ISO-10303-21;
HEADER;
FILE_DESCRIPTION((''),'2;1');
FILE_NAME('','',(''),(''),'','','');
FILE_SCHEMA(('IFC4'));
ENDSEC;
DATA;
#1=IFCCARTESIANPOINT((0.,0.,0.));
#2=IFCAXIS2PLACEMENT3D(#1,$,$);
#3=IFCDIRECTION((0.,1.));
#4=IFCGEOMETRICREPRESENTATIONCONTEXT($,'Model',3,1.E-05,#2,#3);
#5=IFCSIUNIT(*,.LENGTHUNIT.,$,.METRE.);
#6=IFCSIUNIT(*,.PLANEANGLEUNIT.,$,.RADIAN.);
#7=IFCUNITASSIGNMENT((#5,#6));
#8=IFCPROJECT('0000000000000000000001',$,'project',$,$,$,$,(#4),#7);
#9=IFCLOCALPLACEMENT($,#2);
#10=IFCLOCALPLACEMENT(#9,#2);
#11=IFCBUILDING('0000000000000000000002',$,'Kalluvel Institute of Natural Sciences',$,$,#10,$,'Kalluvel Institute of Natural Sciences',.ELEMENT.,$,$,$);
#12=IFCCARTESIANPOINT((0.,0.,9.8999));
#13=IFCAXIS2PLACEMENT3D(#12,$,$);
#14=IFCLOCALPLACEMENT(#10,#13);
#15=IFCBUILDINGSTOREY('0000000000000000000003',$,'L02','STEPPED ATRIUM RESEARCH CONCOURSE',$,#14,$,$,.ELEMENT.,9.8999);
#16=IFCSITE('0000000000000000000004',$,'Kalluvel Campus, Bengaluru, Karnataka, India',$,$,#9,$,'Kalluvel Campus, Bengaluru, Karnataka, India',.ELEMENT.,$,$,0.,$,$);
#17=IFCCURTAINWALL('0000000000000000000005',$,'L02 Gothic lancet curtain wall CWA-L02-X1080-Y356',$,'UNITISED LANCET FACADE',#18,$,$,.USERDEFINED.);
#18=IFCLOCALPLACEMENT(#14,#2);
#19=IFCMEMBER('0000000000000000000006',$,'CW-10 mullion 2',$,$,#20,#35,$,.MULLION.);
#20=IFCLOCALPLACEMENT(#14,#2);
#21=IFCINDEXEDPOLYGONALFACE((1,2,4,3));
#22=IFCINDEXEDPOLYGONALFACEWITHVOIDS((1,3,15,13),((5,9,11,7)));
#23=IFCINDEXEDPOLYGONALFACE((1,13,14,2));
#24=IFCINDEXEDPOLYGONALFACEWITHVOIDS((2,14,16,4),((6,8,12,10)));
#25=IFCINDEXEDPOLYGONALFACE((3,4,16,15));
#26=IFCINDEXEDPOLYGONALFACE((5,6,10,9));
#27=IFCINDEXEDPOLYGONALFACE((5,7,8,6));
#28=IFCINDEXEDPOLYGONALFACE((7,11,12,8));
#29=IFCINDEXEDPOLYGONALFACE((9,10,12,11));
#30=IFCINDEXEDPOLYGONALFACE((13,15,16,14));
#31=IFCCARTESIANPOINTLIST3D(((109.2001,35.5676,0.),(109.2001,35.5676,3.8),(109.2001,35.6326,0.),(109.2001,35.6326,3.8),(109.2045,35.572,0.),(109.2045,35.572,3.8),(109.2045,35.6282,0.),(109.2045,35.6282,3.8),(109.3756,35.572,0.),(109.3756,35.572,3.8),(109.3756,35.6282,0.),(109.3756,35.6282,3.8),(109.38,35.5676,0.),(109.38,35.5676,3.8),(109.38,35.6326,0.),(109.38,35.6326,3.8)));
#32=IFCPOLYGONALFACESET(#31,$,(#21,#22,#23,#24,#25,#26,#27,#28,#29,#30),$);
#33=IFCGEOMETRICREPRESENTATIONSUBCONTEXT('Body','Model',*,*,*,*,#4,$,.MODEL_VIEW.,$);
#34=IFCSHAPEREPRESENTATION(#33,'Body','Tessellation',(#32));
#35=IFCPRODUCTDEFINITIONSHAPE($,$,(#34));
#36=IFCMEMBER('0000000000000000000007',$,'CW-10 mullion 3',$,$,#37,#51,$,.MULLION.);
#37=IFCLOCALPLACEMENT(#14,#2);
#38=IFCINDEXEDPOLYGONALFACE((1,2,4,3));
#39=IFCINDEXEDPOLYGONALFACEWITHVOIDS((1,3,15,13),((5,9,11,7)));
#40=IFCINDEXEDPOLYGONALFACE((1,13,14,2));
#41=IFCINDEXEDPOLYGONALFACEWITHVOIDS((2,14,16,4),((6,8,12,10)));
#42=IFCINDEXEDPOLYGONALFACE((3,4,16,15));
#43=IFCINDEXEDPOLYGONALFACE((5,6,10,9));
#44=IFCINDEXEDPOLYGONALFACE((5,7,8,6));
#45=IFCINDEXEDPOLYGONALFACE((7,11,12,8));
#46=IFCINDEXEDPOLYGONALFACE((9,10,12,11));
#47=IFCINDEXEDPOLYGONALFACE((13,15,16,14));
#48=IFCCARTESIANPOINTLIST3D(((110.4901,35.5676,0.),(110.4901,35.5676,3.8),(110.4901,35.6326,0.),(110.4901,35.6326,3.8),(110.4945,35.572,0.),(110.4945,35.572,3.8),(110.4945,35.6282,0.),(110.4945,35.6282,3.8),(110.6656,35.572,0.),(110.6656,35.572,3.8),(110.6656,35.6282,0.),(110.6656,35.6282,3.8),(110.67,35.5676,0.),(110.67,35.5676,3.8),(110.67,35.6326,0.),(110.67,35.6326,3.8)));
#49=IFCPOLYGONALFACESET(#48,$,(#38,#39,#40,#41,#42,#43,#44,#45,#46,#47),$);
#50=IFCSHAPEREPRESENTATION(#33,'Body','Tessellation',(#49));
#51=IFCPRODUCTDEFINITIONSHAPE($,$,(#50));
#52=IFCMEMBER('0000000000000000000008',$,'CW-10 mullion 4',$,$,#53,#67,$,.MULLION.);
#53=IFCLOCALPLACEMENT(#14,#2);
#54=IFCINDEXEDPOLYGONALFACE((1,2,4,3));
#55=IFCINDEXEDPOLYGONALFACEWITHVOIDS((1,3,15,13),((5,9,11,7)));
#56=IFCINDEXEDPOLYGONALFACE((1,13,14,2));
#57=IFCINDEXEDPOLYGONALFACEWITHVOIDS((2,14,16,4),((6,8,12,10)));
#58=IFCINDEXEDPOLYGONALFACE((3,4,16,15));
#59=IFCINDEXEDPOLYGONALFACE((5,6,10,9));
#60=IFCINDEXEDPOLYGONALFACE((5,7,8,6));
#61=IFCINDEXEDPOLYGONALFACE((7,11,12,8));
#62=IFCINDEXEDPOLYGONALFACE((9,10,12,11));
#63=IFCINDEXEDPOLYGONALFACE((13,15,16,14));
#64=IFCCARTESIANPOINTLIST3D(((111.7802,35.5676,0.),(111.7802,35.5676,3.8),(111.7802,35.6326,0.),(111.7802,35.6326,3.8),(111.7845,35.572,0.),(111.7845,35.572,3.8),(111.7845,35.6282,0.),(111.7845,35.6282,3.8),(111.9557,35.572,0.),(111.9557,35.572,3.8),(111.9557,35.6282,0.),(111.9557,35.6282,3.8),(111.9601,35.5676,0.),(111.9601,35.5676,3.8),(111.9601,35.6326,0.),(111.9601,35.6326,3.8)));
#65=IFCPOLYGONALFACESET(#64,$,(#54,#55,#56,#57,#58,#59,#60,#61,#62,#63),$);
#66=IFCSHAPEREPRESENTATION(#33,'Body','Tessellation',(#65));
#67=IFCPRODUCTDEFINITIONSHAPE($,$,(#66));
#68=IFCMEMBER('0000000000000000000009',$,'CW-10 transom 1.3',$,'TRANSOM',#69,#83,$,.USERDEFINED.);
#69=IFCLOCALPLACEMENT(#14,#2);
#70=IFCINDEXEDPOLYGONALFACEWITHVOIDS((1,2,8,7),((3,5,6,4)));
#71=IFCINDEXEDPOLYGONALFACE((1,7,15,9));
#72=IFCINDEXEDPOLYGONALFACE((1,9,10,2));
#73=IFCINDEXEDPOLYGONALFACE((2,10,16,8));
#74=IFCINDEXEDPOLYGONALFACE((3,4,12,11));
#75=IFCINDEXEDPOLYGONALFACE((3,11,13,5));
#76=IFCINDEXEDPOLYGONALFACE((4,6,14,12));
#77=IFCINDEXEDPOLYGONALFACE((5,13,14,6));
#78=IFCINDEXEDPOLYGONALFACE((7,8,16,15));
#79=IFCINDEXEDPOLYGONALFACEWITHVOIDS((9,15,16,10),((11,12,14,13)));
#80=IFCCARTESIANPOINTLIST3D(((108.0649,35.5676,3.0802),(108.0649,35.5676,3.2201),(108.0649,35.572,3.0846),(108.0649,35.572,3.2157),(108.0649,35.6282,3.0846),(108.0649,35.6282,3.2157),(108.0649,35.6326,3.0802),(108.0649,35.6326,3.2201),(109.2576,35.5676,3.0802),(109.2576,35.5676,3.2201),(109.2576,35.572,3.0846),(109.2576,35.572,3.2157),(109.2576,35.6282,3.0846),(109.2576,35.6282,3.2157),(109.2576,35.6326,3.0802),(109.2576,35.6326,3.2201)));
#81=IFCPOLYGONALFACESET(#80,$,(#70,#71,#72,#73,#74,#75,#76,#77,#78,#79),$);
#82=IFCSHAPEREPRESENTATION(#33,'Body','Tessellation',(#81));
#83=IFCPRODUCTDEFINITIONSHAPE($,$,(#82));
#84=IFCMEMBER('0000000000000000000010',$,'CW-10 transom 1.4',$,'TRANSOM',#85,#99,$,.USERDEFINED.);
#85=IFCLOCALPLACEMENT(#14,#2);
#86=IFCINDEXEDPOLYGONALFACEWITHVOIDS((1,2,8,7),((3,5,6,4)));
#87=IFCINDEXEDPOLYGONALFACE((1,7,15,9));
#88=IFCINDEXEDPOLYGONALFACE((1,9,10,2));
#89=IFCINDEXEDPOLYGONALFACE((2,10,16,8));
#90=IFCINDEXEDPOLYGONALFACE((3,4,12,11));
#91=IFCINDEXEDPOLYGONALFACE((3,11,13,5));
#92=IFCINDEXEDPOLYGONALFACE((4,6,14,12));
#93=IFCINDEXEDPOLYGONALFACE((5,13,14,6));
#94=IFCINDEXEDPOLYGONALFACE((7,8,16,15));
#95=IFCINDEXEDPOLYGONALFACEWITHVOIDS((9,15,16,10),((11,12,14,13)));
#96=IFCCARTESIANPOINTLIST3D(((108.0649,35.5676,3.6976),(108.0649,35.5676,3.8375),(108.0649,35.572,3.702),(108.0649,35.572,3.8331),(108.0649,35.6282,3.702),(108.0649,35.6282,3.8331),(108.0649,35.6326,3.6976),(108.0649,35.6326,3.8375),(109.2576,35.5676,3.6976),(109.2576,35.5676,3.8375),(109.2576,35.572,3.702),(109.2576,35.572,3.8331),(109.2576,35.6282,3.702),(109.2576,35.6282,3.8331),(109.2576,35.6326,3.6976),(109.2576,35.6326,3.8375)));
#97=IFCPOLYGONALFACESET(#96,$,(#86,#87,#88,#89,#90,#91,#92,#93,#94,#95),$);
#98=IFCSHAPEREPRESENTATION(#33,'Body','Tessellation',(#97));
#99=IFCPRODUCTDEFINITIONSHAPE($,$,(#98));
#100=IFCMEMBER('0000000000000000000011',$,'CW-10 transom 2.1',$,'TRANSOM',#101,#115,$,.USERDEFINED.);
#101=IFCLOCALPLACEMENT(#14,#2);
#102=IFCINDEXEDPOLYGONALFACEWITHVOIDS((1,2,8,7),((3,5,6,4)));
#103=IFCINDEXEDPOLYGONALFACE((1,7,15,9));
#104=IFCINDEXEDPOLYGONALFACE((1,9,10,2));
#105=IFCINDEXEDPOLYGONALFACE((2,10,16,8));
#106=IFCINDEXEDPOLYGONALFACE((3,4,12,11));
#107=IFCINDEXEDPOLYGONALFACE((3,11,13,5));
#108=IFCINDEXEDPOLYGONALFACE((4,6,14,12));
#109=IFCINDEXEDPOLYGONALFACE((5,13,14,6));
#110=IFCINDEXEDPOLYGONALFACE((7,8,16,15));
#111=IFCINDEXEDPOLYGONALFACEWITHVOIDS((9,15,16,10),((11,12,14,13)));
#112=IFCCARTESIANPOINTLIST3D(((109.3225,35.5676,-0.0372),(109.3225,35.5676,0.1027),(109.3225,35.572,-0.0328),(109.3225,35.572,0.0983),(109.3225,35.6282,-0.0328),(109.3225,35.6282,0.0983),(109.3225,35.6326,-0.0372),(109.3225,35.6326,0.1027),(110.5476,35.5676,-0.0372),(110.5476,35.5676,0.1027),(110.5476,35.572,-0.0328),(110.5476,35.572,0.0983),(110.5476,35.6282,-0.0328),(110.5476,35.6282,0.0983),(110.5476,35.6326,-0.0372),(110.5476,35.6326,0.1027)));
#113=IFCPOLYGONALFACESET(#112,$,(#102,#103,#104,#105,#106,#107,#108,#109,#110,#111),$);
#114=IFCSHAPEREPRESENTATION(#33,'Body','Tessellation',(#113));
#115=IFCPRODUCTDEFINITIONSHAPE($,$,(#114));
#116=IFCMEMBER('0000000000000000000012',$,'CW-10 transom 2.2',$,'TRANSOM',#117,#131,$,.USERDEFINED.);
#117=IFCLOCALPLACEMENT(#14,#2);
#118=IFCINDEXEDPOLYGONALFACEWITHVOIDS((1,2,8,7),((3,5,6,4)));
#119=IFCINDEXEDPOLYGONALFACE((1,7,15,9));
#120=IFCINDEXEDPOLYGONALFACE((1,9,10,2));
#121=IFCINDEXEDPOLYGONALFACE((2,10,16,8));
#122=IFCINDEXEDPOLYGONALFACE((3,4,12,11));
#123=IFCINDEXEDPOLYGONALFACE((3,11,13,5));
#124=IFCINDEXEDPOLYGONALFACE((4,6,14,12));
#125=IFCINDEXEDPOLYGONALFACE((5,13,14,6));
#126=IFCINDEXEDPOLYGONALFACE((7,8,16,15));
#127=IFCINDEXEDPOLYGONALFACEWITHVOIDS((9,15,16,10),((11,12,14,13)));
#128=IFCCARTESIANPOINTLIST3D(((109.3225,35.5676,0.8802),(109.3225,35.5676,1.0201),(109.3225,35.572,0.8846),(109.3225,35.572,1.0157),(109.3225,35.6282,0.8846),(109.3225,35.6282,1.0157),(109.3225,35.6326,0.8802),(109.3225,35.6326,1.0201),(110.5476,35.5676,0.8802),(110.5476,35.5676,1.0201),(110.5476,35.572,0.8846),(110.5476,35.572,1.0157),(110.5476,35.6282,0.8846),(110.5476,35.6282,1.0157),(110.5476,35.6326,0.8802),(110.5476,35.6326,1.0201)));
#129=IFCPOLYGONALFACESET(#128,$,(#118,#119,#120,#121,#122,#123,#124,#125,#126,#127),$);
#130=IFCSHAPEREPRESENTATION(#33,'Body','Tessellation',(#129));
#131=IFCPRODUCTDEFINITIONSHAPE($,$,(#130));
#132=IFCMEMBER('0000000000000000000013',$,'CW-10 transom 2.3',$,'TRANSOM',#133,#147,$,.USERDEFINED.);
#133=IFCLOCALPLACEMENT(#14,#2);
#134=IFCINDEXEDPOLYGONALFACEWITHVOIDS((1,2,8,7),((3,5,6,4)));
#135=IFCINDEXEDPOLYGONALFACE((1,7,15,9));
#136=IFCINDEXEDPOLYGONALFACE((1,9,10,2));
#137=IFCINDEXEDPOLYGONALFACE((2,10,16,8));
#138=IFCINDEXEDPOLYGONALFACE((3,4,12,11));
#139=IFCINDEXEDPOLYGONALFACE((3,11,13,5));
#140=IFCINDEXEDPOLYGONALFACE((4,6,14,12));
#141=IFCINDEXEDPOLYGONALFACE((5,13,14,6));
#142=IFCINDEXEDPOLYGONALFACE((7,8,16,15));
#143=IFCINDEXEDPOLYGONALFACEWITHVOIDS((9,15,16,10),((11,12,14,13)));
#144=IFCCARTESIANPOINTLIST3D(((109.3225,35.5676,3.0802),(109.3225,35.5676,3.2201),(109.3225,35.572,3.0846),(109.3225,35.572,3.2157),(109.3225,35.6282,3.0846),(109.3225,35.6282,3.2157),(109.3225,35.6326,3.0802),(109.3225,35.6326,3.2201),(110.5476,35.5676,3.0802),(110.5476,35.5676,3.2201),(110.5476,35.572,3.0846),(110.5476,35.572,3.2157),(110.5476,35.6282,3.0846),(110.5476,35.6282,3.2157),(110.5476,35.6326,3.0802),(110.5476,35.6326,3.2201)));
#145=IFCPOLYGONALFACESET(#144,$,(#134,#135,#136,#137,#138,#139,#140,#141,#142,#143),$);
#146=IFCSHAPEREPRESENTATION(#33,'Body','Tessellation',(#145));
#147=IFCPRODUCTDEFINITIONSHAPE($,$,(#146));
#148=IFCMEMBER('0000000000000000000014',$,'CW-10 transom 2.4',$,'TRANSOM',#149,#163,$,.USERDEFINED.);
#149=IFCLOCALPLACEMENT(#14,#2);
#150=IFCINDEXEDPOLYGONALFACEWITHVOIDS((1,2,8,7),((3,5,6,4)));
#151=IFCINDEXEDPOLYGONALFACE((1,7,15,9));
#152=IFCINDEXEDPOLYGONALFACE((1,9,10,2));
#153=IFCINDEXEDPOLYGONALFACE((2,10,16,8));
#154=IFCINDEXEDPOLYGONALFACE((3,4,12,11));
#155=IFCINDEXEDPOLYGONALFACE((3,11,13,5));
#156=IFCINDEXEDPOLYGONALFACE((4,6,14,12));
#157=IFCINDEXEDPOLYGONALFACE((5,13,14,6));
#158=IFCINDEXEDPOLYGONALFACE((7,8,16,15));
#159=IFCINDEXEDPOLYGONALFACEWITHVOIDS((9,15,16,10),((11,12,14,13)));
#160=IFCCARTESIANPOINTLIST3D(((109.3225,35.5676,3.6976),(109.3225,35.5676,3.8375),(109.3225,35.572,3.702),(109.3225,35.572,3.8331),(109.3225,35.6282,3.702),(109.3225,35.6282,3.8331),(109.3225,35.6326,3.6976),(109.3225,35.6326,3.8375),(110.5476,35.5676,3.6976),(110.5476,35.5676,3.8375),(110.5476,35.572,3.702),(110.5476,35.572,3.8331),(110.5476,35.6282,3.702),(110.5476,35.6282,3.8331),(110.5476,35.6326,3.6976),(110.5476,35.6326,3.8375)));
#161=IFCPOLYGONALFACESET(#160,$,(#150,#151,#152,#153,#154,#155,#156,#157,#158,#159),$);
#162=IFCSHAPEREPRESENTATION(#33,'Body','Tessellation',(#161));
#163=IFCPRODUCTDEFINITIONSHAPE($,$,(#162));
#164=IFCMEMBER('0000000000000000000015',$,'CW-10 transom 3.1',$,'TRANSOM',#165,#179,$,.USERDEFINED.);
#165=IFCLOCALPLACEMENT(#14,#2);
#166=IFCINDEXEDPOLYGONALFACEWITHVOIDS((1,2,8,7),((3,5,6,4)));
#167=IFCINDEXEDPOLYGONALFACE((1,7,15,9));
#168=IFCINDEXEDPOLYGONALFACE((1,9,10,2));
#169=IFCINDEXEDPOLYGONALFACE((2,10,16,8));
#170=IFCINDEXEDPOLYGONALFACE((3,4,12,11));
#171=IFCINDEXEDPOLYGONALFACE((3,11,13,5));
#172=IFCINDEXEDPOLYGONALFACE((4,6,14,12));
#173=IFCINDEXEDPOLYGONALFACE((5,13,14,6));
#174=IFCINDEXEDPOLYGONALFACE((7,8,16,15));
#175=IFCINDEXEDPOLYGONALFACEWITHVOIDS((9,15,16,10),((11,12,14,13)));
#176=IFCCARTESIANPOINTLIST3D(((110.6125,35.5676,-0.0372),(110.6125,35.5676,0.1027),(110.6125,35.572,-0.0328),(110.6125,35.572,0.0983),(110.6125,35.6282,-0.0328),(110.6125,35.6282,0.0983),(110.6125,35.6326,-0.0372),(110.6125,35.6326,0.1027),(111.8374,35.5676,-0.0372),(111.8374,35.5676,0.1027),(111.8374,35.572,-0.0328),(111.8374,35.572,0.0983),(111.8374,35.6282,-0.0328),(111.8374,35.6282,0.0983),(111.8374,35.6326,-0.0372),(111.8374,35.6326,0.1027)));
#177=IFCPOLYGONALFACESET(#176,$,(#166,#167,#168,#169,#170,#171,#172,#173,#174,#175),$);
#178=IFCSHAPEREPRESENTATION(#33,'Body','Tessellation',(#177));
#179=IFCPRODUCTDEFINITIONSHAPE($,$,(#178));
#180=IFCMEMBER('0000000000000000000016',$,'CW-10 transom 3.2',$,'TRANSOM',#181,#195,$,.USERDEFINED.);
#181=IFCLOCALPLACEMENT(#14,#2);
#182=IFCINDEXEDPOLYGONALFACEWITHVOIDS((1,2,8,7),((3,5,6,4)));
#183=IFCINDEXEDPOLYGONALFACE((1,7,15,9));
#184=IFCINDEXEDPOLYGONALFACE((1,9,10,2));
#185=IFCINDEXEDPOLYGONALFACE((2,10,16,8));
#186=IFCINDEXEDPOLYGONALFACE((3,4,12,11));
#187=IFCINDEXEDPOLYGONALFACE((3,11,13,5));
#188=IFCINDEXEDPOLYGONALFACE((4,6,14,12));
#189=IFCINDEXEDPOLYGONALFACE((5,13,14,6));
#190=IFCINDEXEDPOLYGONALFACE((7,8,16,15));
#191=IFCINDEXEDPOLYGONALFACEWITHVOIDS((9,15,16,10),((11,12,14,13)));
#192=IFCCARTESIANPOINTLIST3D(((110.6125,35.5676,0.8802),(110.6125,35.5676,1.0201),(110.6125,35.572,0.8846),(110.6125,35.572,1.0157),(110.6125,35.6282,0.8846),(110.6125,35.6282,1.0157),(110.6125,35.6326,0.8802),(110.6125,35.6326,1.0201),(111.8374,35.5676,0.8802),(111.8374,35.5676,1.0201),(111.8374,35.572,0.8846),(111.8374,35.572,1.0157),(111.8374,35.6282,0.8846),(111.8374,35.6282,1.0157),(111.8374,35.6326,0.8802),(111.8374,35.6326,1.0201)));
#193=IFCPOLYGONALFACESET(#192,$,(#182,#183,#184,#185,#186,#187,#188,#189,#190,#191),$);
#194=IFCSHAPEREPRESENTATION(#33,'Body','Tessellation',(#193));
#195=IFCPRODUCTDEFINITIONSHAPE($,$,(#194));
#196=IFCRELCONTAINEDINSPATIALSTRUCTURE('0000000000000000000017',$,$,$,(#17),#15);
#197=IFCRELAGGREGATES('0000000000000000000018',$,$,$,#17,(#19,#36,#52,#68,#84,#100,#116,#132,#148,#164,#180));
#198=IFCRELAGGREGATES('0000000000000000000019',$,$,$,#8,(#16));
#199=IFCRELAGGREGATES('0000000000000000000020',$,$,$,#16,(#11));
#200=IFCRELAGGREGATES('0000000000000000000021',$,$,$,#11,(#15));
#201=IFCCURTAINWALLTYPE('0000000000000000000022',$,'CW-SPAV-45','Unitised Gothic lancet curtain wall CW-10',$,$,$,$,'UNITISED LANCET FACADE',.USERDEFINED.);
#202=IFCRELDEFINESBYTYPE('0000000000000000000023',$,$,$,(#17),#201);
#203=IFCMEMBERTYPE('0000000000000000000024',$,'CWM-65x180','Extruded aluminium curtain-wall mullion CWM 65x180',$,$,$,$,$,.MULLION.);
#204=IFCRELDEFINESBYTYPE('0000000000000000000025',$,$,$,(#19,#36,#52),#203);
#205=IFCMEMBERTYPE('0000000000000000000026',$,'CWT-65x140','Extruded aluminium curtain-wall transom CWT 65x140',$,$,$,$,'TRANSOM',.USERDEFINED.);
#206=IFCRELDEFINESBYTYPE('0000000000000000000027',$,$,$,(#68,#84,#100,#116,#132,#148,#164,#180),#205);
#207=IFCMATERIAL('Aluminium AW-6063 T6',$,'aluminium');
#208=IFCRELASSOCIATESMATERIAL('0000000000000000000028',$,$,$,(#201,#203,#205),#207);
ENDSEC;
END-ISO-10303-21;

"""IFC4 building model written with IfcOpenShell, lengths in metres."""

from ifc_helpers import new_model, si_unit, direction, frame, origin, origin_2d, place, context, subcontext, project, spatial, hollow_rectangle, extrude, material, material_profile, profile_set, type_object, element, aggregate, save


model = new_model("IFC4")

# Units and contexts
model_context = context("Model", 3, precision=1e-05, world=origin(), true_north=direction((0.0, 1.0)))
body_context = subcontext(model_context, "Body", "Model", "MODEL_VIEW")
ifc_project = project(units=[si_unit("LENGTHUNIT", "METRE"), si_unit("PLANEANGLEUNIT", "RADIAN")], contexts=[model_context])

# Site, building, storey
site_placement = place(None, origin())
site = spatial("IfcSite", under=ifc_project, at=site_placement, Name="Kalluvel Campus, Bengaluru, Karnataka, India", LongName="Kalluvel Campus, Bengaluru, Karnataka, India", CompositionType="ELEMENT", RefElevation=0.0)
building_placement = place(site_placement, origin())
building = spatial("IfcBuilding", under=site, at=building_placement, Name="Kalluvel Institute of Natural Sciences", LongName="Kalluvel Institute of Natural Sciences", CompositionType="ELEMENT")
storey_placement = place(building_placement, frame((0.0, 0.0, 9.8999)))
storey = spatial("IfcBuildingStorey", under=building, at=storey_placement, Name="L02", Description="STEPPED ATRIUM RESEARCH CONCOURSE", CompositionType="ELEMENT", Elevation=9.8999)

# Curtain wall, members
ifc_material_1 = material(Name="Aluminium AW-6063 T6", Category="aluminium")
curtain_wall_type = type_object("IfcCurtainWallType", Name="CW-SPAV-45", Description="Unitised Gothic lancet curtain wall CW-10", ElementType="UNITISED LANCET FACADE", PredefinedType="USERDEFINED", material=ifc_material_1)
curtain_wall_placement = place(storey_placement, origin())
curtain_wall = element("IfcCurtainWall", 1, at=curtain_wall_placement, inside=storey, type_object=curtain_wall_type, Name="L02 Gothic lancet curtain wall CWA-L02-X1080-Y356", ObjectType="UNITISED LANCET FACADE", PredefinedType="USERDEFINED")
ifc_material_profile_1 = material_profile(ifc_material_1, hollow_rectangle(XDim=0.0649, YDim=0.1799, WallThickness=0.0044, at=origin_2d()), Name="CWM 65x180")
ifc_profile_set_1 = profile_set([ifc_material_profile_1], Name="Aluminium AW-6063 T6")
member_type_1 = type_object("IfcMemberType", Name="CWM-65x180", Description="Extruded aluminium curtain-wall mullion CWM 65x180", PredefinedType="MULLION", material=ifc_profile_set_1)
member_1_placement = place(storey_placement, frame((109.29, 35.6001, 0.0), z_axis=(0.0, 0.0, 1.0), x_axis=(0.0, 1.0, 0.0)))
member_1 = element("IfcMember", 2, at=member_1_placement, type_object=member_type_1, Name="CW-10 mullion 2", PredefinedType="MULLION", context=body_context, shape_type="SweptSolid", body=[
    extrude(hollow_rectangle(XDim=0.0649, YDim=0.1799, WallThickness=0.0044, at=origin_2d()), origin(), (0.0, 0.0, 1.0), 3.8),
])
member_2_placement = place(storey_placement, frame((110.5801, 35.6001, 0.0), z_axis=(0.0, 0.0, 1.0), x_axis=(0.0, 1.0, 0.0)))
member_2 = element("IfcMember", 3, at=member_2_placement, type_object=member_type_1, Name="CW-10 mullion 3", PredefinedType="MULLION", context=body_context, shape_type="SweptSolid", body=[
    extrude(hollow_rectangle(XDim=0.0649, YDim=0.1799, WallThickness=0.0044, at=origin_2d()), origin(), (0.0, 0.0, 1.0), 3.8),
])
member_3_placement = place(storey_placement, frame((111.8701, 35.6001, 0.0), z_axis=(0.0, 0.0, 1.0), x_axis=(0.0, 1.0, 0.0)))
member_3 = element("IfcMember", 4, at=member_3_placement, type_object=member_type_1, Name="CW-10 mullion 4", PredefinedType="MULLION", context=body_context, shape_type="SweptSolid", body=[
    extrude(hollow_rectangle(XDim=0.0649, YDim=0.1799, WallThickness=0.0044, at=origin_2d()), origin(), (0.0, 0.0, 1.0), 3.8),
])
ifc_material_profile_2 = material_profile(ifc_material_1, hollow_rectangle(XDim=0.0649, YDim=0.1399, WallThickness=0.0044, at=origin_2d()), Name="CWT 65x140")
ifc_profile_set_2 = profile_set([ifc_material_profile_2], Name="Aluminium AW-6063 T6")
member_type_2 = type_object("IfcMemberType", Name="CWT-65x140", Description="Extruded aluminium curtain-wall transom CWT 65x140", ElementType="TRANSOM", PredefinedType="USERDEFINED", material=ifc_profile_set_2)
member_4_placement = place(storey_placement, frame((108.0649, 35.6001, 3.1501), z_axis=(1.0, 0.0, 0.0), x_axis=(0.0, 1.0, 0.0)))
member_4 = element("IfcMember", 5, at=member_4_placement, type_object=member_type_2, Name="CW-10 transom 1.3", ObjectType="TRANSOM", PredefinedType="USERDEFINED", context=body_context, shape_type="SweptSolid", body=[
    extrude(hollow_rectangle(XDim=0.0649, YDim=0.1399, WallThickness=0.0044, at=origin_2d()), origin(), (0.0, 0.0, 1.0), 1.1926),
])
member_5_placement = place(storey_placement, frame((108.0649, 35.6001, 3.7676), z_axis=(1.0, 0.0, 0.0), x_axis=(0.0, 1.0, 0.0)))
member_5 = element("IfcMember", 6, at=member_5_placement, type_object=member_type_2, Name="CW-10 transom 1.4", ObjectType="TRANSOM", PredefinedType="USERDEFINED", context=body_context, shape_type="SweptSolid", body=[
    extrude(hollow_rectangle(XDim=0.0649, YDim=0.1399, WallThickness=0.0044, at=origin_2d()), origin(), (0.0, 0.0, 1.0), 1.1926),
])
member_6_placement = place(storey_placement, frame((109.3225, 35.6001, 0.0327), z_axis=(1.0, 0.0, 0.0), x_axis=(0.0, 1.0, 0.0)))
member_6 = element("IfcMember", 7, at=member_6_placement, type_object=member_type_2, Name="CW-10 transom 2.1", ObjectType="TRANSOM", PredefinedType="USERDEFINED", context=body_context, shape_type="SweptSolid", body=[
    extrude(hollow_rectangle(XDim=0.0649, YDim=0.1399, WallThickness=0.0044, at=origin_2d()), origin(), (0.0, 0.0, 1.0), 1.2251),
])
member_7_placement = place(storey_placement, frame((109.3225, 35.6001, 0.9502), z_axis=(1.0, 0.0, 0.0), x_axis=(0.0, 1.0, 0.0)))
member_7 = element("IfcMember", 8, at=member_7_placement, type_object=member_type_2, Name="CW-10 transom 2.2", ObjectType="TRANSOM", PredefinedType="USERDEFINED", context=body_context, shape_type="SweptSolid", body=[
    extrude(hollow_rectangle(XDim=0.0649, YDim=0.1399, WallThickness=0.0044, at=origin_2d()), origin(), (0.0, 0.0, 1.0), 1.2251),
])
member_8_placement = place(storey_placement, frame((109.3225, 35.6001, 3.1501), z_axis=(1.0, 0.0, 0.0), x_axis=(0.0, 1.0, 0.0)))
member_8 = element("IfcMember", 9, at=member_8_placement, type_object=member_type_2, Name="CW-10 transom 2.3", ObjectType="TRANSOM", PredefinedType="USERDEFINED", context=body_context, shape_type="SweptSolid", body=[
    extrude(hollow_rectangle(XDim=0.0649, YDim=0.1399, WallThickness=0.0044, at=origin_2d()), origin(), (0.0, 0.0, 1.0), 1.2251),
])
member_9_placement = place(storey_placement, frame((109.3225, 35.6001, 3.7676), z_axis=(1.0, 0.0, 0.0), x_axis=(0.0, 1.0, 0.0)))
member_9 = element("IfcMember", 10, at=member_9_placement, type_object=member_type_2, Name="CW-10 transom 2.4", ObjectType="TRANSOM", PredefinedType="USERDEFINED", context=body_context, shape_type="SweptSolid", body=[
    extrude(hollow_rectangle(XDim=0.0649, YDim=0.1399, WallThickness=0.0044, at=origin_2d()), origin(), (0.0, 0.0, 1.0), 1.2251),
])
member_10_placement = place(storey_placement, frame((110.6125, 35.6001, 0.0327), z_axis=(1.0, 0.0, 0.0), x_axis=(0.0, 1.0, 0.0)))
member_10 = element("IfcMember", 11, at=member_10_placement, type_object=member_type_2, Name="CW-10 transom 3.1", ObjectType="TRANSOM", PredefinedType="USERDEFINED", context=body_context, shape_type="SweptSolid", body=[
    extrude(hollow_rectangle(XDim=0.0649, YDim=0.1399, WallThickness=0.0044, at=origin_2d()), origin(), (0.0, 0.0, 1.0), 1.2249),
])
member_11_placement = place(storey_placement, frame((110.6125, 35.6001, 0.9502), z_axis=(1.0, 0.0, 0.0), x_axis=(0.0, 1.0, 0.0)))
member_11 = element("IfcMember", 12, at=member_11_placement, type_object=member_type_2, Name="CW-10 transom 3.2", ObjectType="TRANSOM", PredefinedType="USERDEFINED", context=body_context, shape_type="SweptSolid", body=[
    extrude(hollow_rectangle(XDim=0.0649, YDim=0.1399, WallThickness=0.0044, at=origin_2d()), origin(), (0.0, 0.0, 1.0), 1.2249),
])
aggregate(curtain_wall, [member_1, member_2, member_3, member_4, member_5, member_6, member_7, member_8, member_9, member_10, member_11])

save(model, "model.ifc")
